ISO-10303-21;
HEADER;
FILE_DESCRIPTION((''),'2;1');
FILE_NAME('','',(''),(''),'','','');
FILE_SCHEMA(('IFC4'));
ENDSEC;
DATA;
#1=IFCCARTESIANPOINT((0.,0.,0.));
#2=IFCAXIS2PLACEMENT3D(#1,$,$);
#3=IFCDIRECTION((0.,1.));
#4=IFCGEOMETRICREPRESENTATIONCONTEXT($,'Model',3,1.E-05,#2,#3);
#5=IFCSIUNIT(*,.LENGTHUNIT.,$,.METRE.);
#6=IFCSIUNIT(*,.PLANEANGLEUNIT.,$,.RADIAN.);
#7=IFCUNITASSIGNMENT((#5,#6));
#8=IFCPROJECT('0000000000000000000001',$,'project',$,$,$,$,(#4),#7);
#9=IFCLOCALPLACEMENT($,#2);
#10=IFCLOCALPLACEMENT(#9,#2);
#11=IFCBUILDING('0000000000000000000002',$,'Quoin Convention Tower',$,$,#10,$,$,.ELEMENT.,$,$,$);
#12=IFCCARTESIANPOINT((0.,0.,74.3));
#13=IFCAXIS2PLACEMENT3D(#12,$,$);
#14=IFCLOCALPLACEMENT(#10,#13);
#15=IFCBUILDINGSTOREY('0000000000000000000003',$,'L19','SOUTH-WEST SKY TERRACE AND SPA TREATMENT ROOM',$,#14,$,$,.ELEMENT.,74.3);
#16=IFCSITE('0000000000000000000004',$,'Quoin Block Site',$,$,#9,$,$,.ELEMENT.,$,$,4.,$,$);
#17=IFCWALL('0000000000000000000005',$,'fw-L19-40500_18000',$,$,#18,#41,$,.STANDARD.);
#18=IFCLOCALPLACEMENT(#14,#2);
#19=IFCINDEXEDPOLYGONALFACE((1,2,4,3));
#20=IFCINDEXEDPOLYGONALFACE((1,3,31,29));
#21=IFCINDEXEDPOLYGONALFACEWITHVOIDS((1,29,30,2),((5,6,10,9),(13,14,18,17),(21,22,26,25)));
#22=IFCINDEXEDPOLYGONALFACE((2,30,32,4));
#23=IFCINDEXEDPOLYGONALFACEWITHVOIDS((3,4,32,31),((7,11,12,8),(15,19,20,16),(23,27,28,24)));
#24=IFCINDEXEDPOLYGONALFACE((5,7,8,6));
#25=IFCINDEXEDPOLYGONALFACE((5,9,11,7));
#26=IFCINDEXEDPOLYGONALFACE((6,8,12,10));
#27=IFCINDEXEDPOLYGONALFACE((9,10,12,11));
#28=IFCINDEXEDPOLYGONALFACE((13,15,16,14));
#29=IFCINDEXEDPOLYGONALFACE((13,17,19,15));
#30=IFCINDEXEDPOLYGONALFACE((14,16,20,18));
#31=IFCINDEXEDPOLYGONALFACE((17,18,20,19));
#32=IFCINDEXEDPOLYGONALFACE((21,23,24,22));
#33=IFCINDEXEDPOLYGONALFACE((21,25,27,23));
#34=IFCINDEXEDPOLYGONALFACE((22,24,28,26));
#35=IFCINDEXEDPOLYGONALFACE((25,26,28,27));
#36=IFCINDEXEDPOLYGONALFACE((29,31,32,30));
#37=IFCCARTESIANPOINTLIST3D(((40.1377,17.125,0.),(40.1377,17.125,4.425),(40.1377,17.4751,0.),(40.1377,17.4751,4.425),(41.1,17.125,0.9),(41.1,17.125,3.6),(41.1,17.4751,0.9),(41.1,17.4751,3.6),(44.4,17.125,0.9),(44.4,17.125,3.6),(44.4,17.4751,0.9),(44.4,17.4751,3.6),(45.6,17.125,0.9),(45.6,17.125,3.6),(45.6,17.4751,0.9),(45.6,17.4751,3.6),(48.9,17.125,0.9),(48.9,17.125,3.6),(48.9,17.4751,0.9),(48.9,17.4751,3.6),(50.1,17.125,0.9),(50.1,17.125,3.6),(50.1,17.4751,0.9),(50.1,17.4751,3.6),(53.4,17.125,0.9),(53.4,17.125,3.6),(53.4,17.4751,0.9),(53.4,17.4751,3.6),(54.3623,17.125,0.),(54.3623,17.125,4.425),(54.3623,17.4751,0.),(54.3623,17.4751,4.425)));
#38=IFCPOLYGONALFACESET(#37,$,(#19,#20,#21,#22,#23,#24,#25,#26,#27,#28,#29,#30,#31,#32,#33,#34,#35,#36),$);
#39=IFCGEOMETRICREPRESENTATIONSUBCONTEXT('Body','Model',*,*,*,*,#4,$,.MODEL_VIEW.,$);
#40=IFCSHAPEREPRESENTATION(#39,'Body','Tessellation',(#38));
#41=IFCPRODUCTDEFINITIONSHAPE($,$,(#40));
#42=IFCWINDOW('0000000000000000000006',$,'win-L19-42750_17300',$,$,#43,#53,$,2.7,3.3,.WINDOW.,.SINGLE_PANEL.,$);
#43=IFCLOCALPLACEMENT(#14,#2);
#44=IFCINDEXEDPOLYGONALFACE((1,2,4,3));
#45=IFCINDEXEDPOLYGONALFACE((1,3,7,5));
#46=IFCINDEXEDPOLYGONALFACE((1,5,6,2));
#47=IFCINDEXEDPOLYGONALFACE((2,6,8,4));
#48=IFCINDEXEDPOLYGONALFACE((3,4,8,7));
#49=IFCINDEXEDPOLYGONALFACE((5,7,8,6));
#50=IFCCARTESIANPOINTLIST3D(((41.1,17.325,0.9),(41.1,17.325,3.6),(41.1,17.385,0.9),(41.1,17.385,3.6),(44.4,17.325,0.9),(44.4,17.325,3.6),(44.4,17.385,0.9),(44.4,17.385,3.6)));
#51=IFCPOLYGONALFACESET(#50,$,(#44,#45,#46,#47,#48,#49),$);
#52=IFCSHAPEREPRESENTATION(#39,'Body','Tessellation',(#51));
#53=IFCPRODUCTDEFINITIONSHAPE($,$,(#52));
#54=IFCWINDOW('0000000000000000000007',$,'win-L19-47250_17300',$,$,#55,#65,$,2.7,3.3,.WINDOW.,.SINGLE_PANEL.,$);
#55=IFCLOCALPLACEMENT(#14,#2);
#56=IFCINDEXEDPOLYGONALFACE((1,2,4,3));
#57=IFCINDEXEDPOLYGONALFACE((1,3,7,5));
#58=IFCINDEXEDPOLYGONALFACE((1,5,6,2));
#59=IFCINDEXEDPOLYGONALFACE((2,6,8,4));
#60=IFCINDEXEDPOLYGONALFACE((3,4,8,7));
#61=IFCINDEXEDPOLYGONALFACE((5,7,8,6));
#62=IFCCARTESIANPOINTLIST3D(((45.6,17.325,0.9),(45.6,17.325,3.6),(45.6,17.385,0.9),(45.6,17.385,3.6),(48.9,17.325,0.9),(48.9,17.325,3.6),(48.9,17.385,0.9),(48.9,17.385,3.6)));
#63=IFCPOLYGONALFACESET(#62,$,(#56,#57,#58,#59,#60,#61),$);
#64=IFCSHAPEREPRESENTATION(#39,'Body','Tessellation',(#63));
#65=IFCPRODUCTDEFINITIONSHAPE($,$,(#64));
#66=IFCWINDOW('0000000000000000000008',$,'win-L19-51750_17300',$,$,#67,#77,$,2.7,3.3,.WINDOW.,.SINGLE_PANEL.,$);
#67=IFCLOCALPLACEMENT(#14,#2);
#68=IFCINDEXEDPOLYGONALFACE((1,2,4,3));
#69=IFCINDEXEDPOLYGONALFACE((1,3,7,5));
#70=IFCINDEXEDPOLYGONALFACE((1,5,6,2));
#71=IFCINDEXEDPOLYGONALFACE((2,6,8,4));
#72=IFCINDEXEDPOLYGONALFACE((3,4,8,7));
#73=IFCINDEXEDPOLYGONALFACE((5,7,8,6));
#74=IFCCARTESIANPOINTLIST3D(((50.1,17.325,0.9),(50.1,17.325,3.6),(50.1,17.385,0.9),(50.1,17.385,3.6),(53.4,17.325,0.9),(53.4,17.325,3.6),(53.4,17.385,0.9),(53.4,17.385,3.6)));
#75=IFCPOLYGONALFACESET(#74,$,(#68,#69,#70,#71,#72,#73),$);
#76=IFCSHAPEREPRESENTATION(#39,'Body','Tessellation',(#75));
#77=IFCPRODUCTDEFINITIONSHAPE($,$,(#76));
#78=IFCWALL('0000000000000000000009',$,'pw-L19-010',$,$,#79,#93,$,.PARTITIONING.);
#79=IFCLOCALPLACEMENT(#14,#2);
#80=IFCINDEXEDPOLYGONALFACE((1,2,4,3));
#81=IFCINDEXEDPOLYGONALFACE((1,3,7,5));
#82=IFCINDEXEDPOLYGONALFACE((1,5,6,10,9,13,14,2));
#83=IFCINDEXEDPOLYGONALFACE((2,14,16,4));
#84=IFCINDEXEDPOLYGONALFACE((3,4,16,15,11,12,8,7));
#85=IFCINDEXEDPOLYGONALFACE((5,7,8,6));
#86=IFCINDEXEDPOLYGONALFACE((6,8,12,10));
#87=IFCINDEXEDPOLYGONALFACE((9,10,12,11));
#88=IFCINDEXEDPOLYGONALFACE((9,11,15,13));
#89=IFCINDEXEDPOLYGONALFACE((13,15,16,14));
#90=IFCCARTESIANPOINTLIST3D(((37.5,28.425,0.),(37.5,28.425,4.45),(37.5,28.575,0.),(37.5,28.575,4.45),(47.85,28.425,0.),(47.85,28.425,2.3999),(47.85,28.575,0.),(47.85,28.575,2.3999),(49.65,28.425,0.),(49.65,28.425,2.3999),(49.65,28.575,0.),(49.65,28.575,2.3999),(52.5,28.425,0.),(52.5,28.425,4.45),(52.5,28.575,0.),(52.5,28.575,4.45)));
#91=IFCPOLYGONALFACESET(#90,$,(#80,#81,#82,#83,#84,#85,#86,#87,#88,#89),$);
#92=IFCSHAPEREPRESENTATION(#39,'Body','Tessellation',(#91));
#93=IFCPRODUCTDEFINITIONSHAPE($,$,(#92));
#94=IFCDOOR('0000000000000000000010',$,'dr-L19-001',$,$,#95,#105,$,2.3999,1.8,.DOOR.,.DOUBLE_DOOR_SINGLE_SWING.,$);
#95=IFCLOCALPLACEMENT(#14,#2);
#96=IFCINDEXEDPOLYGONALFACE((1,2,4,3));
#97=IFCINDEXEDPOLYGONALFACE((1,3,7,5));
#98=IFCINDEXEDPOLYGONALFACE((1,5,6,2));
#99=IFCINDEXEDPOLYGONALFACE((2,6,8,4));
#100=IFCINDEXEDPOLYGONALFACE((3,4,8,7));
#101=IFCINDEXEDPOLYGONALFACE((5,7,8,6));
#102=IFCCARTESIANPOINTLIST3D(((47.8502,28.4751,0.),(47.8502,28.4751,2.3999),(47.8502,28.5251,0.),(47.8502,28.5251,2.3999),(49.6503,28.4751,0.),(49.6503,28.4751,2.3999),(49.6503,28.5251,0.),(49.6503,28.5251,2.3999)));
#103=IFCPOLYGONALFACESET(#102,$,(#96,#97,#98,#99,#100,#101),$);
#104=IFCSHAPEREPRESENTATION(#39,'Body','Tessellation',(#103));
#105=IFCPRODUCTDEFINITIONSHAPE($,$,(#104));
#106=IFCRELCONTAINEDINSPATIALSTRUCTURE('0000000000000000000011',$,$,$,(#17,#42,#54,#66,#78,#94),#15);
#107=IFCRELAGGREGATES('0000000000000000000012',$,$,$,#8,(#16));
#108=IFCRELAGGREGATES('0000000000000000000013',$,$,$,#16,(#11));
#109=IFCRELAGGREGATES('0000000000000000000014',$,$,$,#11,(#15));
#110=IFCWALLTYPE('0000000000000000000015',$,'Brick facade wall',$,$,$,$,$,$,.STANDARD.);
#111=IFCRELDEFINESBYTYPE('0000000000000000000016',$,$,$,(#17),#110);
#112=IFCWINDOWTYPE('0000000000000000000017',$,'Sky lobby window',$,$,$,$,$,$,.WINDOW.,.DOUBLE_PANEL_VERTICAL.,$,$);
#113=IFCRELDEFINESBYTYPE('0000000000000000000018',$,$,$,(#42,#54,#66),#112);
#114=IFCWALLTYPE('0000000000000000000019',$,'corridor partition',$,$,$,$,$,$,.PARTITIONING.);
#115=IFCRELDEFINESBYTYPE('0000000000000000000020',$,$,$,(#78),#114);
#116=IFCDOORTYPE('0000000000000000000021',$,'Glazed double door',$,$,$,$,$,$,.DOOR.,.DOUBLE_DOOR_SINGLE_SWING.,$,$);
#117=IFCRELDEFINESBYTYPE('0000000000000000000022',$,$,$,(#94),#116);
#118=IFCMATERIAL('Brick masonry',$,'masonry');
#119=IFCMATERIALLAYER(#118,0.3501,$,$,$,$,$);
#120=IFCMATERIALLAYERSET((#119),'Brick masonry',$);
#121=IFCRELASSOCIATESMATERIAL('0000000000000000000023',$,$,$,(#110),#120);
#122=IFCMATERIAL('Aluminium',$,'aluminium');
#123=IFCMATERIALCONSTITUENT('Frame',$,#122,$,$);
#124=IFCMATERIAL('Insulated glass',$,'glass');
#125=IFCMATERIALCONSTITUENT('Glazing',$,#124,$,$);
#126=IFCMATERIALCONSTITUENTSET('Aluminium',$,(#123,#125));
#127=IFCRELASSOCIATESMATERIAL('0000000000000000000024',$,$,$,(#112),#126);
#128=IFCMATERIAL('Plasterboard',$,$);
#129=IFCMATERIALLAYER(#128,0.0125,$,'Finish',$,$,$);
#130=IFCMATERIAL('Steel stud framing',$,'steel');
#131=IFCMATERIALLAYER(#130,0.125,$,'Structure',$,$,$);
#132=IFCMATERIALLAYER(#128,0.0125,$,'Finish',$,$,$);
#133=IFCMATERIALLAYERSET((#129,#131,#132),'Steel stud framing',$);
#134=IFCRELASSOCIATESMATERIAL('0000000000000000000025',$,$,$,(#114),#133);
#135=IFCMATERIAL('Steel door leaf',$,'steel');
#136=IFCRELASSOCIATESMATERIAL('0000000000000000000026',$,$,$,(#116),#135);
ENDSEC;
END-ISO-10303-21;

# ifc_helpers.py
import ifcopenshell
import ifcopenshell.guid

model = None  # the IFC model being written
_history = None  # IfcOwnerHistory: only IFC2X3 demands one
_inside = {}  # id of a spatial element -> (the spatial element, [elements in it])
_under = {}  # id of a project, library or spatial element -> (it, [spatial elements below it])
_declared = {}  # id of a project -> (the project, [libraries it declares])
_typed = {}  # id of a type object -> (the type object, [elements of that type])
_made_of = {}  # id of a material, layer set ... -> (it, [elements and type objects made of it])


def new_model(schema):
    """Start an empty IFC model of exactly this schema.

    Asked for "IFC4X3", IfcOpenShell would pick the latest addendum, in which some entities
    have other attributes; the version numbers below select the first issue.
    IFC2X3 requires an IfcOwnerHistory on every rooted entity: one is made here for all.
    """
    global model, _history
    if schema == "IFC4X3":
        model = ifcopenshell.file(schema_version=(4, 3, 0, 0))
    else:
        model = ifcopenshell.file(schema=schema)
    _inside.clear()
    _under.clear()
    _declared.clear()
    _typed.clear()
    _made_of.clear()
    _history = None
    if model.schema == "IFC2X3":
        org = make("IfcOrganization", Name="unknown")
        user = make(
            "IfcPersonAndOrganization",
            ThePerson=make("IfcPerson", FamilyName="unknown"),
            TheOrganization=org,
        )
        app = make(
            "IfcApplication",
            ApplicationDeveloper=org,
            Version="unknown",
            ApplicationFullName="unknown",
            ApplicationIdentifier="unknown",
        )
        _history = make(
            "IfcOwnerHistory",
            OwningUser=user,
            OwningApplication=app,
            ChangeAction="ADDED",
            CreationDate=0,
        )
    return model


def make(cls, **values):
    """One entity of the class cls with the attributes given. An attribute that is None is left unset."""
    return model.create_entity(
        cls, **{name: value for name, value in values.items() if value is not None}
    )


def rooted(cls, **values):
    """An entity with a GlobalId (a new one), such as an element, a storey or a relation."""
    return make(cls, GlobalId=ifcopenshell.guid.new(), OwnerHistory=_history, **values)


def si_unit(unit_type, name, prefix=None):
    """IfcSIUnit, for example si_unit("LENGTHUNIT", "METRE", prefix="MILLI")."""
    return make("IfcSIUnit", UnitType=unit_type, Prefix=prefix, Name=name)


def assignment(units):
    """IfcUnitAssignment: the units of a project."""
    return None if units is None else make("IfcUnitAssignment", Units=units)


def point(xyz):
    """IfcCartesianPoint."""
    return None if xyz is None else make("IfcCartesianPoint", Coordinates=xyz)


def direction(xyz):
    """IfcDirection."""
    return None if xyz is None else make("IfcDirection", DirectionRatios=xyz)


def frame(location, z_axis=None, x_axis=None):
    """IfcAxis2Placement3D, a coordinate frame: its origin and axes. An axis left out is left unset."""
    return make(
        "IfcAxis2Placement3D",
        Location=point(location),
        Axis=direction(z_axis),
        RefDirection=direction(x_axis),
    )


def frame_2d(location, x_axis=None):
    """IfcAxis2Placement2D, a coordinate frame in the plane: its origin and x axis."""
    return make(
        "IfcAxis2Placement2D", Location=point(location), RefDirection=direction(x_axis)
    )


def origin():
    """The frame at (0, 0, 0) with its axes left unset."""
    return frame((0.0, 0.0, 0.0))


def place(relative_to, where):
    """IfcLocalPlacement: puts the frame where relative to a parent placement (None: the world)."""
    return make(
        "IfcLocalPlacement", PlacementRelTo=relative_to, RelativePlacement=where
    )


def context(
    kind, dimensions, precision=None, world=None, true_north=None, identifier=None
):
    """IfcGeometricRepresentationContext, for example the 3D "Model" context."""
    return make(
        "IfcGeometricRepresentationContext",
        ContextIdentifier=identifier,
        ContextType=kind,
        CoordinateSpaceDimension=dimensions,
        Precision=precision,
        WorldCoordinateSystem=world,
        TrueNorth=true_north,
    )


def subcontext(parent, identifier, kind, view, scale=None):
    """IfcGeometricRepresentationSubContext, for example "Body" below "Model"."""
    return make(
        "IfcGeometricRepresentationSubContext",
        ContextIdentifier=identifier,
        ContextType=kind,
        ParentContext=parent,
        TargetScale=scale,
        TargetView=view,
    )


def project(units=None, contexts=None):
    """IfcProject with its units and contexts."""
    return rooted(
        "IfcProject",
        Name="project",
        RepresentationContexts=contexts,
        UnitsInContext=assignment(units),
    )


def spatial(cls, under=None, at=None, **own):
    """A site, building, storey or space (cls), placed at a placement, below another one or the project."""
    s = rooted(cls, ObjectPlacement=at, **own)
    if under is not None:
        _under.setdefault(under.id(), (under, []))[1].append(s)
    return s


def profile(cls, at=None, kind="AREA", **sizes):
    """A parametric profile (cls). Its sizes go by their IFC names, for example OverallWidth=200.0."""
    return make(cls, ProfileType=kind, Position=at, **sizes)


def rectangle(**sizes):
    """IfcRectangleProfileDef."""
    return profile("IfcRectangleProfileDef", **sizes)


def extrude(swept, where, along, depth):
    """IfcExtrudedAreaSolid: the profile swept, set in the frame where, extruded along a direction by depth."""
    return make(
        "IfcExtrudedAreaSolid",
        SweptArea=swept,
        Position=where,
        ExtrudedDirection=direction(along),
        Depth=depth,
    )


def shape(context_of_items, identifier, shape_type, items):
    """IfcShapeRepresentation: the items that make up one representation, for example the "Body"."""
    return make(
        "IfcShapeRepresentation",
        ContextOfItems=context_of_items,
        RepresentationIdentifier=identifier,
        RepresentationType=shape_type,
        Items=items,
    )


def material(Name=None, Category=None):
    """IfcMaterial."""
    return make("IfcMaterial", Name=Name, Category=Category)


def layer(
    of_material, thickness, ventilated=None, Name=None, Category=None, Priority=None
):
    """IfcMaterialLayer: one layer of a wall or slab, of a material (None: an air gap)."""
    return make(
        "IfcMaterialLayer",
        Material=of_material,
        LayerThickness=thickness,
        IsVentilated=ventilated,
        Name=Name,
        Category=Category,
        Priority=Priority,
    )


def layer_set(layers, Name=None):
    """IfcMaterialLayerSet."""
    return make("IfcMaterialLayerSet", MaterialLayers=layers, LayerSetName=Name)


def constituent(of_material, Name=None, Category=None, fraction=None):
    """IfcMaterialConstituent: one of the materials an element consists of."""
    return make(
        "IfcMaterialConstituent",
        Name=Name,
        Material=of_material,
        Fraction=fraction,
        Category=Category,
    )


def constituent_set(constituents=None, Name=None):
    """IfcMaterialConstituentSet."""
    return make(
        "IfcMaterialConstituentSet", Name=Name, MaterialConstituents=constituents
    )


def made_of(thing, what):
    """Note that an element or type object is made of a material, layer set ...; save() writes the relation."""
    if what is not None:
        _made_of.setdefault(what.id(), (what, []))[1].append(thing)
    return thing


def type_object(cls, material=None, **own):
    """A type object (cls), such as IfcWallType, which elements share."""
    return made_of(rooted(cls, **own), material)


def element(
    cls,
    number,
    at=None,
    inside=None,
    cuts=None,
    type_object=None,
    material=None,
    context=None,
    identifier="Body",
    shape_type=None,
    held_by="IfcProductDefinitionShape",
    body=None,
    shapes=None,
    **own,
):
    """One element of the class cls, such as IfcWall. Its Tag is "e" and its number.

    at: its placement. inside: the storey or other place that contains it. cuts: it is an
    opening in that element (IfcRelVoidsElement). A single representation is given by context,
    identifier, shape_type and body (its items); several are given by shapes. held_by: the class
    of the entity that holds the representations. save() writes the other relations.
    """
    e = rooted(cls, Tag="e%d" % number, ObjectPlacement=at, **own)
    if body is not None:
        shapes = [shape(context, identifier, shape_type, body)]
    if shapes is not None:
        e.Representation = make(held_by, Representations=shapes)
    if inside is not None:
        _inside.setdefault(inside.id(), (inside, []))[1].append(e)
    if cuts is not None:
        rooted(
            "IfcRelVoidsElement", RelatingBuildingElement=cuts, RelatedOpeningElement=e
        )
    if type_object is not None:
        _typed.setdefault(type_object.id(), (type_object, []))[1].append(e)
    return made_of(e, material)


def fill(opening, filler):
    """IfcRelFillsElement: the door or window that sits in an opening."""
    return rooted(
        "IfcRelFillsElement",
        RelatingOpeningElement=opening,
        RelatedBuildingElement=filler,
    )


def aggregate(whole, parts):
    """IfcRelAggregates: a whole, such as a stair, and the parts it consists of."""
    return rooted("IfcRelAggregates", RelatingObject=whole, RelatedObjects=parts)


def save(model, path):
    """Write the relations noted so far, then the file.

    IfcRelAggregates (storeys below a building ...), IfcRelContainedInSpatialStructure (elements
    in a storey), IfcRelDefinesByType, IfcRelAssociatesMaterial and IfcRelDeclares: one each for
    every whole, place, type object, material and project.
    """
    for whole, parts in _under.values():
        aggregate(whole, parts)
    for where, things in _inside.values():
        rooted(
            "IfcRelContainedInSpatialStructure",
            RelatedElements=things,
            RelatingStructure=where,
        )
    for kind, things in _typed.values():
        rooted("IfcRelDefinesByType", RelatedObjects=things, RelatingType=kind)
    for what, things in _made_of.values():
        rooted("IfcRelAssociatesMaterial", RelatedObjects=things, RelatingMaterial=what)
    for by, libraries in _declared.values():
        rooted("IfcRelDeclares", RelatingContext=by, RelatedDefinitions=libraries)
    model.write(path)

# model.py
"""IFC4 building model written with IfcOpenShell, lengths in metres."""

from ifc_helpers import new_model, si_unit, direction, frame, frame_2d, origin, place, context, subcontext, project, spatial, rectangle, extrude, material, layer, layer_set, constituent, constituent_set, type_object, element, fill, save


model = new_model("IFC4")

# Units and contexts
model_context = context("Model", 3, precision=1e-05, world=origin(), true_north=direction((0.0, 1.0)))
body_context = subcontext(model_context, "Body", "Model", "MODEL_VIEW")
ifc_project = project(units=[si_unit("LENGTHUNIT", "METRE"), si_unit("PLANEANGLEUNIT", "RADIAN")], contexts=[model_context])

# Site, building, storey
site_placement = place(None, origin())
site = spatial("IfcSite", under=ifc_project, at=site_placement, Name="Quoin Block Site", CompositionType="ELEMENT", RefElevation=4.0)
building_placement = place(site_placement, origin())
building = spatial("IfcBuilding", under=site, at=building_placement, Name="Quoin Convention Tower", CompositionType="ELEMENT")
storey_placement = place(building_placement, frame((0.0, 0.0, 74.3)))
storey = spatial("IfcBuildingStorey", under=building, at=storey_placement, Name="L19", Description="SOUTH-WEST SKY TERRACE AND SPA TREATMENT ROOM", CompositionType="ELEMENT", Elevation=74.3)

# Shared definitions
ifc_material_1 = material(Name="Aluminium", Category="aluminium")
ifc_material_2 = material(Name="Insulated glass", Category="glass")

# Wall, openings, windows
ifc_material_3 = material(Name="Brick masonry", Category="masonry")
ifc_layer_1 = layer(ifc_material_3, 0.3501)
ifc_layer_set_1 = layer_set([ifc_layer_1], Name="Brick masonry")
wall_type_1 = type_object("IfcWallType", Name="Brick facade wall", PredefinedType="STANDARD", material=ifc_layer_set_1)
wall_1_placement = place(storey_placement, frame((40.1377, 17.3, 0.0), z_axis=(0.0, 0.0, 1.0), x_axis=(1.0, 0.0, 0.0)))
wall_1 = element("IfcWall", 1, at=wall_1_placement, inside=storey, type_object=wall_type_1, Name="fw-L19-40500_18000", PredefinedType="STANDARD", context=body_context, shape_type="SweptSolid", body=[
    extrude(rectangle(XDim=14.2246, YDim=0.3501, at=frame_2d((7.1123, 0.0))), origin(), (0.0, 0.0, 1.0), 4.425),
])
opening_1_placement = place(wall_1_placement, frame((0.9624, 0.0, 0.8999)))
opening_1 = element("IfcOpeningElement", 2, at=opening_1_placement, cuts=wall_1, PredefinedType="OPENING", context=body_context, shape_type="SweptSolid", body=[
    extrude(rectangle(XDim=3.3, YDim=2.7, at=frame_2d((1.6499, 1.3501))), frame((0.0, 0.1851, 0.0), z_axis=(0.0, -1.0, 0.0), x_axis=(1.0, 0.0, 0.0)), (0.0, 0.0, 1.0), 0.3701),
])
opening_2_placement = place(wall_1_placement, frame((5.4624, 0.0, 0.8999)))
opening_2 = element("IfcOpeningElement", 3, at=opening_2_placement, cuts=wall_1, PredefinedType="OPENING", context=body_context, shape_type="SweptSolid", body=[
    extrude(rectangle(XDim=3.3, YDim=2.7, at=frame_2d((1.6499, 1.3501))), frame((0.0, 0.1851, 0.0), z_axis=(0.0, -1.0, 0.0), x_axis=(1.0, 0.0, 0.0)), (0.0, 0.0, 1.0), 0.3701),
])
opening_3_placement = place(wall_1_placement, frame((9.9624, 0.0, 0.8999)))
opening_3 = element("IfcOpeningElement", 4, at=opening_3_placement, cuts=wall_1, PredefinedType="OPENING", context=body_context, shape_type="SweptSolid", body=[
    extrude(rectangle(XDim=3.3, YDim=2.7, at=frame_2d((1.6499, 1.3501))), frame((0.0, 0.1851, 0.0), z_axis=(0.0, -1.0, 0.0), x_axis=(1.0, 0.0, 0.0)), (0.0, 0.0, 1.0), 0.3701),
])
ifc_constituent_1 = constituent(ifc_material_1, Name="Frame")
ifc_constituent_2 = constituent(ifc_material_2, Name="Glazing")
ifc_constituent_set_1 = constituent_set(constituents=[ifc_constituent_1, ifc_constituent_2], Name="Aluminium")
window_type = type_object("IfcWindowType", Name="Sky lobby window", PartitioningType="DOUBLE_PANEL_VERTICAL", PredefinedType="WINDOW", material=ifc_constituent_set_1)
window_1_placement = place(opening_1_placement, origin())
window_1 = element("IfcWindow", 5, at=window_1_placement, inside=storey, type_object=window_type, Name="win-L19-42750_17300", OverallHeight=2.7, OverallWidth=3.3, PartitioningType="SINGLE_PANEL", PredefinedType="WINDOW", context=body_context, shape_type="SweptSolid", body=[
    extrude(rectangle(XDim=3.3, YDim=2.7, at=frame_2d((1.6499, 1.3501))), frame((0.0, 0.085, 0.0), z_axis=(0.0, -1.0, 0.0), x_axis=(1.0, 0.0, 0.0)), (0.0, 0.0, 1.0), 0.0601),
])
fill(opening_1, window_1)
window_2_placement = place(opening_2_placement, origin())
window_2 = element("IfcWindow", 6, at=window_2_placement, inside=storey, type_object=window_type, Name="win-L19-47250_17300", OverallHeight=2.7, OverallWidth=3.3, PartitioningType="SINGLE_PANEL", PredefinedType="WINDOW", context=body_context, shape_type="SweptSolid", body=[
    extrude(rectangle(XDim=3.3, YDim=2.7, at=frame_2d((1.6499, 1.3501))), frame((0.0, 0.085, 0.0), z_axis=(0.0, -1.0, 0.0), x_axis=(1.0, 0.0, 0.0)), (0.0, 0.0, 1.0), 0.0601),
])
fill(opening_2, window_2)
window_3_placement = place(opening_3_placement, origin())
window_3 = element("IfcWindow", 7, at=window_3_placement, inside=storey, type_object=window_type, Name="win-L19-51750_17300", OverallHeight=2.7, OverallWidth=3.3, PartitioningType="SINGLE_PANEL", PredefinedType="WINDOW", context=body_context, shape_type="SweptSolid", body=[
    extrude(rectangle(XDim=3.3, YDim=2.7, at=frame_2d((1.6499, 1.3501))), frame((0.0, 0.085, 0.0), z_axis=(0.0, -1.0, 0.0), x_axis=(1.0, 0.0, 0.0)), (0.0, 0.0, 1.0), 0.0601),
])
fill(opening_3, window_3)

# Wall, opening, door
ifc_material_4 = material(Name="Plasterboard")
ifc_layer_2 = layer(ifc_material_4, 0.0125, Name="Finish")
ifc_material_5 = material(Name="Steel stud framing", Category="steel")
ifc_layer_3 = layer(ifc_material_5, 0.125, Name="Structure")
ifc_layer_4 = layer(ifc_material_4, 0.0125, Name="Finish")
ifc_layer_set_2 = layer_set([ifc_layer_2, ifc_layer_3, ifc_layer_4], Name="Steel stud framing")
wall_type_2 = type_object("IfcWallType", Name="corridor partition", PredefinedType="PARTITIONING", material=ifc_layer_set_2)
wall_2_placement = place(storey_placement, frame((37.5, 28.5, 0.0), z_axis=(0.0, 0.0, 1.0), x_axis=(1.0, 0.0, 0.0)))
wall_2 = element("IfcWall", 8, at=wall_2_placement, inside=storey, type_object=wall_type_2, Name="pw-L19-010", PredefinedType="PARTITIONING", context=body_context, shape_type="SweptSolid", body=[
    extrude(rectangle(XDim=15.0, YDim=0.1499, at=frame_2d((7.5, 0.0))), origin(), (0.0, 0.0, 1.0), 4.45),
])
opening_4_placement = place(wall_2_placement, frame((10.3501, 0.0, 0.0)))
opening_4 = element("IfcOpeningElement", 9, at=opening_4_placement, cuts=wall_2, PredefinedType="OPENING", context=body_context, shape_type="SweptSolid", body=[
    extrude(rectangle(XDim=1.8, YDim=2.3999, at=frame_2d((0.8999, 1.2))), frame((0.0, 0.085, 0.0), z_axis=(0.0, -1.0, 0.0), x_axis=(1.0, 0.0, 0.0)), (0.0, 0.0, 1.0), 0.1699),
])
ifc_material_6 = material(Name="Steel door leaf", Category="steel")
door_type = type_object("IfcDoorType", Name="Glazed double door", OperationType="DOUBLE_DOOR_SINGLE_SWING", PredefinedType="DOOR", material=ifc_material_6)
door_placement = place(opening_4_placement, frame((1.8, 0.0, 0.0), z_axis=(0.0, 0.0, 1.0), x_axis=(-1.0, 0.0, 0.0)))
door = element("IfcDoor", 10, at=door_placement, inside=storey, type_object=door_type, Name="dr-L19-001", OperationType="DOUBLE_DOOR_SINGLE_SWING", OverallHeight=2.3999, OverallWidth=1.8, PredefinedType="DOOR", context=body_context, shape_type="SweptSolid", body=[
    extrude(rectangle(XDim=1.8, YDim=2.3999, at=frame_2d((0.8999, 1.2))), frame((0.0, 0.0249, 0.0), z_axis=(0.0, -1.0, 0.0), x_axis=(1.0, 0.0, 0.0)), (0.0, 0.0, 1.0), 0.05),
])
fill(opening_4, door)

save(model, "model.ifc")
